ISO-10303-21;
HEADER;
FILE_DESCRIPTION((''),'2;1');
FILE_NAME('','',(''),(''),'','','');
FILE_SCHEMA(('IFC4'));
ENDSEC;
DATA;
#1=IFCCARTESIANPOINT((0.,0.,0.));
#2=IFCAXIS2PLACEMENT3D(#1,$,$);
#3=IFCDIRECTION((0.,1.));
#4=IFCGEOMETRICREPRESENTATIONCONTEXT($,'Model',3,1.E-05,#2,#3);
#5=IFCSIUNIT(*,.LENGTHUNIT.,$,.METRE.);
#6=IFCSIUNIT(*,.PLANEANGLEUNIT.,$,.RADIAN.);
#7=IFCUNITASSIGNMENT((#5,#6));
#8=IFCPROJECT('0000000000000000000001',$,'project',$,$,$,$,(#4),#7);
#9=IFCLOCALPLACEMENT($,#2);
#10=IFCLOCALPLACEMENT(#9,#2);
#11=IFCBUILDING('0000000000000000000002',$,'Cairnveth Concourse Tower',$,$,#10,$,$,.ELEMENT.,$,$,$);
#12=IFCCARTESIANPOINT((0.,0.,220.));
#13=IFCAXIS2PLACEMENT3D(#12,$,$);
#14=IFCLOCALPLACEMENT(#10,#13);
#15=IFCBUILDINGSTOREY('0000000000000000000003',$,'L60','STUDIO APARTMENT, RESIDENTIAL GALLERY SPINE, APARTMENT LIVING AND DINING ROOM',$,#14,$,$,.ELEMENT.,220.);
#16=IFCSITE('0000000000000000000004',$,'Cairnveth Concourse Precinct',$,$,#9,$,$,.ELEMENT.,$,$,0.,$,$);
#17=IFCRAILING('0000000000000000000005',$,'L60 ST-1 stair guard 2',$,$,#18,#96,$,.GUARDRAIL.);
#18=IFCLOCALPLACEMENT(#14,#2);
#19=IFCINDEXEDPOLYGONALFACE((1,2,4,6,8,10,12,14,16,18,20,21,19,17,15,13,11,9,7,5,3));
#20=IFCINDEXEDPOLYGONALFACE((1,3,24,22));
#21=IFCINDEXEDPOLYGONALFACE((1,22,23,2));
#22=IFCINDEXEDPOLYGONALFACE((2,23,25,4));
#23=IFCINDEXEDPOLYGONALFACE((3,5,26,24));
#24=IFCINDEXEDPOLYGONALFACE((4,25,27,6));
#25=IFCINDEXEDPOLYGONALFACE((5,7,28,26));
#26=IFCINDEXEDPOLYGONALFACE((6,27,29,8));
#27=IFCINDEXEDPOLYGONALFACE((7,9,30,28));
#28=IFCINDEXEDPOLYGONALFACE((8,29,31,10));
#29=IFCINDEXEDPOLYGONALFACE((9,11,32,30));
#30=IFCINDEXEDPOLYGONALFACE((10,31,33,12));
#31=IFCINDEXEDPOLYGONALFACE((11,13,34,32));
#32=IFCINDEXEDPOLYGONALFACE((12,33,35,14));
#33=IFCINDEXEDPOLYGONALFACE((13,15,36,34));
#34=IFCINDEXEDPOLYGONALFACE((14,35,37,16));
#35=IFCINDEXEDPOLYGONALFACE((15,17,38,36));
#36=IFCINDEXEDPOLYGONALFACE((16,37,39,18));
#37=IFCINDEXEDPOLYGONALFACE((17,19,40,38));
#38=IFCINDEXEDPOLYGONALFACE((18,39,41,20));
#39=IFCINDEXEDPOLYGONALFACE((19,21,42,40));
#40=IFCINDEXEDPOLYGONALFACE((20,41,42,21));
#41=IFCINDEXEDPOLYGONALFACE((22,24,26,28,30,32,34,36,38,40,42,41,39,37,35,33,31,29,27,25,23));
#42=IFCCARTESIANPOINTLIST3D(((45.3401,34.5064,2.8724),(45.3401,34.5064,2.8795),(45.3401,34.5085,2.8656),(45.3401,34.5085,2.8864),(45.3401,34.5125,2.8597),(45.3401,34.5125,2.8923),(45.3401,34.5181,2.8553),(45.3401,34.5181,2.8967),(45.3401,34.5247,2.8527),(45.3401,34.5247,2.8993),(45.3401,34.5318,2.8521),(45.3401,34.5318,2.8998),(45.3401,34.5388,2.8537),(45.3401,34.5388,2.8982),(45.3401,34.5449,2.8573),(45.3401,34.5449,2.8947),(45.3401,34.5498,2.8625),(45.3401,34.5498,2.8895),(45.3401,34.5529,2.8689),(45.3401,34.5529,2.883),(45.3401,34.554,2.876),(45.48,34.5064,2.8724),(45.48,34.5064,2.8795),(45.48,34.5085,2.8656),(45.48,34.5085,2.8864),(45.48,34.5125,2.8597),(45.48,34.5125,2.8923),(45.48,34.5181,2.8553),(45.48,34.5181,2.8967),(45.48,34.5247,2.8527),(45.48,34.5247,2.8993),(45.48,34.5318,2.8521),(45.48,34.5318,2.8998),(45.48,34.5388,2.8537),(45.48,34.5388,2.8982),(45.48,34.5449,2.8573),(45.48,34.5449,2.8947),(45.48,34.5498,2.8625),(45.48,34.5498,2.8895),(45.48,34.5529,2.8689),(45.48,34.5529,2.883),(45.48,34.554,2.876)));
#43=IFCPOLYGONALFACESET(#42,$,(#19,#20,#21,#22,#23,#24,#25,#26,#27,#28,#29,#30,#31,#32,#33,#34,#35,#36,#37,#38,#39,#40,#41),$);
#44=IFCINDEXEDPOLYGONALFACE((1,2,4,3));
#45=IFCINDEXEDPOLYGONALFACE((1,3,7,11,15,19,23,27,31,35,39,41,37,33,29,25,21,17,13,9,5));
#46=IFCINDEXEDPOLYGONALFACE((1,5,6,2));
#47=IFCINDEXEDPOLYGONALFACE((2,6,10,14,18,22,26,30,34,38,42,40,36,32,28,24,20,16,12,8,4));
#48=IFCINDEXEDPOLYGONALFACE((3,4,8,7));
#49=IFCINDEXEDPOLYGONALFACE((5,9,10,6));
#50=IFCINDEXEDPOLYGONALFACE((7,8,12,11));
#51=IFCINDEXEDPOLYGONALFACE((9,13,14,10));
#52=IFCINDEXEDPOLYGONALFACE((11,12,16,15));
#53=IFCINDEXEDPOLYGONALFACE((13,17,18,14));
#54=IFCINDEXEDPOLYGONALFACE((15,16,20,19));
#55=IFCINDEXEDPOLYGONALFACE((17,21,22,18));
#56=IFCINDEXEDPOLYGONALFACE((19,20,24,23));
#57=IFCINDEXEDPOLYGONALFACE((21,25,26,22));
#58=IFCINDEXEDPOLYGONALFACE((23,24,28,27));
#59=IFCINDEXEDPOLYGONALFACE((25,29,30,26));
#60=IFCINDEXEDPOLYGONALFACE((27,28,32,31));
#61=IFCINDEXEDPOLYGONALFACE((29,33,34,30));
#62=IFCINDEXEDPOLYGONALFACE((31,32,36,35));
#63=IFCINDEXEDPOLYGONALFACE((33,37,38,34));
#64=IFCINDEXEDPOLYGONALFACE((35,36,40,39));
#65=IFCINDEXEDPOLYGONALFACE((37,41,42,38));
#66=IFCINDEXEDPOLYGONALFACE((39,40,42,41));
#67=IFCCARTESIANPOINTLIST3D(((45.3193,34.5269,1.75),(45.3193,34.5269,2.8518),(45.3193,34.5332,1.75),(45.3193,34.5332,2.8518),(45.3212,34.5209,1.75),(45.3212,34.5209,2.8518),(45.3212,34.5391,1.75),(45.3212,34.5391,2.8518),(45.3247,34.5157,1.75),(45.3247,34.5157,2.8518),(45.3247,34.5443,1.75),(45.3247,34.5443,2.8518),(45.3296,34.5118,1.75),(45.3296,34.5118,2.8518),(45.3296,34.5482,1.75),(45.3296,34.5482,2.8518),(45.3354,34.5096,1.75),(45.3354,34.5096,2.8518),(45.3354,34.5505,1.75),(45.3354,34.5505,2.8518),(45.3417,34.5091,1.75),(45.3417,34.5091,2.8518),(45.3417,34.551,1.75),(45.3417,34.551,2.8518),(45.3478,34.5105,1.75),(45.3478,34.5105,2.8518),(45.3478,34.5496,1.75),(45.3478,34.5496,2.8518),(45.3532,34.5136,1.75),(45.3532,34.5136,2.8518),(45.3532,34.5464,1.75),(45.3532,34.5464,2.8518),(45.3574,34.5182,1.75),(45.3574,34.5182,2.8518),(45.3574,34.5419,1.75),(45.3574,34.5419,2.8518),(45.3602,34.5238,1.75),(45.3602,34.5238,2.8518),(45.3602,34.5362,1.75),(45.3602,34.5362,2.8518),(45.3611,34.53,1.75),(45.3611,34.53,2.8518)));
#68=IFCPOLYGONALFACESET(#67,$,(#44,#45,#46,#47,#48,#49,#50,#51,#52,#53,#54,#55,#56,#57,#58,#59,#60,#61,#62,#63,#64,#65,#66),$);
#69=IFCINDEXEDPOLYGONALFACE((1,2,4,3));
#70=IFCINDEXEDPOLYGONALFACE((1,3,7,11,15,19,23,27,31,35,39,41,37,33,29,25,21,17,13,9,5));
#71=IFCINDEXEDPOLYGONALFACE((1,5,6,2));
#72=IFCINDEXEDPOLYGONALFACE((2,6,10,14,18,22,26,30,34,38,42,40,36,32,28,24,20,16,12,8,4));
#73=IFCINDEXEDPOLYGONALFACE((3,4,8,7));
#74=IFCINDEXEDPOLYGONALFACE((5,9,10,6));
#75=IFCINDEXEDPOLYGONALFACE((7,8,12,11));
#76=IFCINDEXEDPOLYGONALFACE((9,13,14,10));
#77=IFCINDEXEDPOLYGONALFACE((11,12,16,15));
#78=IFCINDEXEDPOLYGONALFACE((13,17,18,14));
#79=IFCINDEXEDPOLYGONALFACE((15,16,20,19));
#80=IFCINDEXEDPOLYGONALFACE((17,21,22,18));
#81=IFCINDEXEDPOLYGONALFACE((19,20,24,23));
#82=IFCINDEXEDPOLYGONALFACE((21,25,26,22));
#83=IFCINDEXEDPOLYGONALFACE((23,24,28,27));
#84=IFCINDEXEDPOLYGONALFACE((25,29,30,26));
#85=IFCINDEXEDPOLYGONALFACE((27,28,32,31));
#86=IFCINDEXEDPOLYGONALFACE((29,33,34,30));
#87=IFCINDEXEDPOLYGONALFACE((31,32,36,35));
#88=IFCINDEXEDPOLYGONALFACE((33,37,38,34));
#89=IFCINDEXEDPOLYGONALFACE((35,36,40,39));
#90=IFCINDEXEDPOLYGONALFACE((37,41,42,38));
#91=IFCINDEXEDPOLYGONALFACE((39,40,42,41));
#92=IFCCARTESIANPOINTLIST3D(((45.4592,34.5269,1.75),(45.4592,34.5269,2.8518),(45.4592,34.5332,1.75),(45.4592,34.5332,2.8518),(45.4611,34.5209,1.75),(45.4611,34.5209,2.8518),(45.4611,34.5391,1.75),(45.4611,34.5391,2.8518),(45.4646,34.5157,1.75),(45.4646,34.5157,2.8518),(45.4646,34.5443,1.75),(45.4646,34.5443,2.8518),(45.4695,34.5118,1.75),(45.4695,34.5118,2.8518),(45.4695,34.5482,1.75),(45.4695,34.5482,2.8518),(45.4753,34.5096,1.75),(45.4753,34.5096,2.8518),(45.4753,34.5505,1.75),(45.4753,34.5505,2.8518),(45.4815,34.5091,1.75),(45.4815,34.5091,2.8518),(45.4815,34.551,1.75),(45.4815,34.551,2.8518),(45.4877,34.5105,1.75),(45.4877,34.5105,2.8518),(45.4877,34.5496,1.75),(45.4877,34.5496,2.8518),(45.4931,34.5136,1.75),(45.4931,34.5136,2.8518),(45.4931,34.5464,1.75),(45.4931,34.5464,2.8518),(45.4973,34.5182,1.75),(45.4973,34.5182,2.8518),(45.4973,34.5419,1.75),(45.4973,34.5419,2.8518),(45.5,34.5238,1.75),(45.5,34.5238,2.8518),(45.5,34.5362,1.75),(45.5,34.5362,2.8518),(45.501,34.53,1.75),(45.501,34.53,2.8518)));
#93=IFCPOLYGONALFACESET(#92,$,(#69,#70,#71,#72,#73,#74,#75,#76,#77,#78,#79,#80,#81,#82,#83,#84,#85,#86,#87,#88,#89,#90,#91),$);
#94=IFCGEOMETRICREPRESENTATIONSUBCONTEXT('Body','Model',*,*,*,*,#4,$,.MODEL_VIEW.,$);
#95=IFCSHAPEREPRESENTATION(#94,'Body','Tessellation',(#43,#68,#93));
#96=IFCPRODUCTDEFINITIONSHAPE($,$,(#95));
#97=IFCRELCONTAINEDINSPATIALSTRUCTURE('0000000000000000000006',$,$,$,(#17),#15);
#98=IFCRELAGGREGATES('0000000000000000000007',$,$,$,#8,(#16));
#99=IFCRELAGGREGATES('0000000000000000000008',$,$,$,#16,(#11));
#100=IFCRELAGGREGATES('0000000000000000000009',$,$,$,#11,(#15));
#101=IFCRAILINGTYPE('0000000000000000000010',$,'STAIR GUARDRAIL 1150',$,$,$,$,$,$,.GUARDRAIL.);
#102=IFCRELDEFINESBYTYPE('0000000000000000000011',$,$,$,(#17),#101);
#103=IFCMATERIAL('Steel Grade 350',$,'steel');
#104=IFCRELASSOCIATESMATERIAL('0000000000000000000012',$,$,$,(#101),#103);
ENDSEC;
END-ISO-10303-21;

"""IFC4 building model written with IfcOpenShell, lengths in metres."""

from ifc_helpers import new_model, si_unit, direction, frame, origin, origin_2d, place, context, subcontext, project, spatial, circle, extrude, material, type_object, element, save


model = new_model("IFC4")

# Units and contexts
model_context = context("Model", 3, precision=1e-05, world=origin(), true_north=direction((0.0, 1.0)))
body_context = subcontext(model_context, "Body", "Model", "MODEL_VIEW")
ifc_project = project(units=[si_unit("LENGTHUNIT", "METRE"), si_unit("PLANEANGLEUNIT", "RADIAN")], contexts=[model_context])

# Site, building, storey
site_placement = place(None, origin())
site = spatial("IfcSite", under=ifc_project, at=site_placement, Name="Cairnveth Concourse Precinct", CompositionType="ELEMENT", RefElevation=0.0)
building_placement = place(site_placement, origin())
building = spatial("IfcBuilding", under=site, at=building_placement, Name="Cairnveth Concourse Tower", CompositionType="ELEMENT")
storey_placement = place(building_placement, frame((0.0, 0.0, 220.0)))
storey = spatial("IfcBuildingStorey", under=building, at=storey_placement, Name="L60", Description="STUDIO APARTMENT, RESIDENTIAL GALLERY SPINE, APARTMENT LIVING AND DINING ROOM", CompositionType="ELEMENT", Elevation=220.0)

# Shared definitions
ifc_material_1 = material(Name="Steel Grade 350", Category="steel")

# Railing
railing_type_1 = type_object("IfcRailingType", Name="STAIR GUARDRAIL 1150", PredefinedType="GUARDRAIL", material=ifc_material_1)
railing_1_placement = place(storey_placement, frame((45.3401, 34.53, 1.75)))
element("IfcRailing", 1, at=railing_1_placement, inside=storey, type_object=railing_type_1, Name="L60 ST-1 stair guard 2", PredefinedType="GUARDRAIL", context=body_context, shape_type="SweptSolid", body=[
    extrude(circle(Radius=0.0239, at=origin_2d()), frame((0.0, 0.0, 1.126), z_axis=(1.0, 0.0, 0.0), x_axis=(0.0, 1.0, 0.0)), (0.0, 0.0, 1.0), 0.1399),
    extrude(circle(Radius=0.021, at=origin_2d()), origin(), (0.0, 0.0, 1.0), 1.1018),
    extrude(circle(Radius=0.021, at=origin_2d()), frame((0.1399, 0.0, 0.0)), (0.0, 0.0, 1.0), 1.1018),
])

save(model, "model.ifc")
